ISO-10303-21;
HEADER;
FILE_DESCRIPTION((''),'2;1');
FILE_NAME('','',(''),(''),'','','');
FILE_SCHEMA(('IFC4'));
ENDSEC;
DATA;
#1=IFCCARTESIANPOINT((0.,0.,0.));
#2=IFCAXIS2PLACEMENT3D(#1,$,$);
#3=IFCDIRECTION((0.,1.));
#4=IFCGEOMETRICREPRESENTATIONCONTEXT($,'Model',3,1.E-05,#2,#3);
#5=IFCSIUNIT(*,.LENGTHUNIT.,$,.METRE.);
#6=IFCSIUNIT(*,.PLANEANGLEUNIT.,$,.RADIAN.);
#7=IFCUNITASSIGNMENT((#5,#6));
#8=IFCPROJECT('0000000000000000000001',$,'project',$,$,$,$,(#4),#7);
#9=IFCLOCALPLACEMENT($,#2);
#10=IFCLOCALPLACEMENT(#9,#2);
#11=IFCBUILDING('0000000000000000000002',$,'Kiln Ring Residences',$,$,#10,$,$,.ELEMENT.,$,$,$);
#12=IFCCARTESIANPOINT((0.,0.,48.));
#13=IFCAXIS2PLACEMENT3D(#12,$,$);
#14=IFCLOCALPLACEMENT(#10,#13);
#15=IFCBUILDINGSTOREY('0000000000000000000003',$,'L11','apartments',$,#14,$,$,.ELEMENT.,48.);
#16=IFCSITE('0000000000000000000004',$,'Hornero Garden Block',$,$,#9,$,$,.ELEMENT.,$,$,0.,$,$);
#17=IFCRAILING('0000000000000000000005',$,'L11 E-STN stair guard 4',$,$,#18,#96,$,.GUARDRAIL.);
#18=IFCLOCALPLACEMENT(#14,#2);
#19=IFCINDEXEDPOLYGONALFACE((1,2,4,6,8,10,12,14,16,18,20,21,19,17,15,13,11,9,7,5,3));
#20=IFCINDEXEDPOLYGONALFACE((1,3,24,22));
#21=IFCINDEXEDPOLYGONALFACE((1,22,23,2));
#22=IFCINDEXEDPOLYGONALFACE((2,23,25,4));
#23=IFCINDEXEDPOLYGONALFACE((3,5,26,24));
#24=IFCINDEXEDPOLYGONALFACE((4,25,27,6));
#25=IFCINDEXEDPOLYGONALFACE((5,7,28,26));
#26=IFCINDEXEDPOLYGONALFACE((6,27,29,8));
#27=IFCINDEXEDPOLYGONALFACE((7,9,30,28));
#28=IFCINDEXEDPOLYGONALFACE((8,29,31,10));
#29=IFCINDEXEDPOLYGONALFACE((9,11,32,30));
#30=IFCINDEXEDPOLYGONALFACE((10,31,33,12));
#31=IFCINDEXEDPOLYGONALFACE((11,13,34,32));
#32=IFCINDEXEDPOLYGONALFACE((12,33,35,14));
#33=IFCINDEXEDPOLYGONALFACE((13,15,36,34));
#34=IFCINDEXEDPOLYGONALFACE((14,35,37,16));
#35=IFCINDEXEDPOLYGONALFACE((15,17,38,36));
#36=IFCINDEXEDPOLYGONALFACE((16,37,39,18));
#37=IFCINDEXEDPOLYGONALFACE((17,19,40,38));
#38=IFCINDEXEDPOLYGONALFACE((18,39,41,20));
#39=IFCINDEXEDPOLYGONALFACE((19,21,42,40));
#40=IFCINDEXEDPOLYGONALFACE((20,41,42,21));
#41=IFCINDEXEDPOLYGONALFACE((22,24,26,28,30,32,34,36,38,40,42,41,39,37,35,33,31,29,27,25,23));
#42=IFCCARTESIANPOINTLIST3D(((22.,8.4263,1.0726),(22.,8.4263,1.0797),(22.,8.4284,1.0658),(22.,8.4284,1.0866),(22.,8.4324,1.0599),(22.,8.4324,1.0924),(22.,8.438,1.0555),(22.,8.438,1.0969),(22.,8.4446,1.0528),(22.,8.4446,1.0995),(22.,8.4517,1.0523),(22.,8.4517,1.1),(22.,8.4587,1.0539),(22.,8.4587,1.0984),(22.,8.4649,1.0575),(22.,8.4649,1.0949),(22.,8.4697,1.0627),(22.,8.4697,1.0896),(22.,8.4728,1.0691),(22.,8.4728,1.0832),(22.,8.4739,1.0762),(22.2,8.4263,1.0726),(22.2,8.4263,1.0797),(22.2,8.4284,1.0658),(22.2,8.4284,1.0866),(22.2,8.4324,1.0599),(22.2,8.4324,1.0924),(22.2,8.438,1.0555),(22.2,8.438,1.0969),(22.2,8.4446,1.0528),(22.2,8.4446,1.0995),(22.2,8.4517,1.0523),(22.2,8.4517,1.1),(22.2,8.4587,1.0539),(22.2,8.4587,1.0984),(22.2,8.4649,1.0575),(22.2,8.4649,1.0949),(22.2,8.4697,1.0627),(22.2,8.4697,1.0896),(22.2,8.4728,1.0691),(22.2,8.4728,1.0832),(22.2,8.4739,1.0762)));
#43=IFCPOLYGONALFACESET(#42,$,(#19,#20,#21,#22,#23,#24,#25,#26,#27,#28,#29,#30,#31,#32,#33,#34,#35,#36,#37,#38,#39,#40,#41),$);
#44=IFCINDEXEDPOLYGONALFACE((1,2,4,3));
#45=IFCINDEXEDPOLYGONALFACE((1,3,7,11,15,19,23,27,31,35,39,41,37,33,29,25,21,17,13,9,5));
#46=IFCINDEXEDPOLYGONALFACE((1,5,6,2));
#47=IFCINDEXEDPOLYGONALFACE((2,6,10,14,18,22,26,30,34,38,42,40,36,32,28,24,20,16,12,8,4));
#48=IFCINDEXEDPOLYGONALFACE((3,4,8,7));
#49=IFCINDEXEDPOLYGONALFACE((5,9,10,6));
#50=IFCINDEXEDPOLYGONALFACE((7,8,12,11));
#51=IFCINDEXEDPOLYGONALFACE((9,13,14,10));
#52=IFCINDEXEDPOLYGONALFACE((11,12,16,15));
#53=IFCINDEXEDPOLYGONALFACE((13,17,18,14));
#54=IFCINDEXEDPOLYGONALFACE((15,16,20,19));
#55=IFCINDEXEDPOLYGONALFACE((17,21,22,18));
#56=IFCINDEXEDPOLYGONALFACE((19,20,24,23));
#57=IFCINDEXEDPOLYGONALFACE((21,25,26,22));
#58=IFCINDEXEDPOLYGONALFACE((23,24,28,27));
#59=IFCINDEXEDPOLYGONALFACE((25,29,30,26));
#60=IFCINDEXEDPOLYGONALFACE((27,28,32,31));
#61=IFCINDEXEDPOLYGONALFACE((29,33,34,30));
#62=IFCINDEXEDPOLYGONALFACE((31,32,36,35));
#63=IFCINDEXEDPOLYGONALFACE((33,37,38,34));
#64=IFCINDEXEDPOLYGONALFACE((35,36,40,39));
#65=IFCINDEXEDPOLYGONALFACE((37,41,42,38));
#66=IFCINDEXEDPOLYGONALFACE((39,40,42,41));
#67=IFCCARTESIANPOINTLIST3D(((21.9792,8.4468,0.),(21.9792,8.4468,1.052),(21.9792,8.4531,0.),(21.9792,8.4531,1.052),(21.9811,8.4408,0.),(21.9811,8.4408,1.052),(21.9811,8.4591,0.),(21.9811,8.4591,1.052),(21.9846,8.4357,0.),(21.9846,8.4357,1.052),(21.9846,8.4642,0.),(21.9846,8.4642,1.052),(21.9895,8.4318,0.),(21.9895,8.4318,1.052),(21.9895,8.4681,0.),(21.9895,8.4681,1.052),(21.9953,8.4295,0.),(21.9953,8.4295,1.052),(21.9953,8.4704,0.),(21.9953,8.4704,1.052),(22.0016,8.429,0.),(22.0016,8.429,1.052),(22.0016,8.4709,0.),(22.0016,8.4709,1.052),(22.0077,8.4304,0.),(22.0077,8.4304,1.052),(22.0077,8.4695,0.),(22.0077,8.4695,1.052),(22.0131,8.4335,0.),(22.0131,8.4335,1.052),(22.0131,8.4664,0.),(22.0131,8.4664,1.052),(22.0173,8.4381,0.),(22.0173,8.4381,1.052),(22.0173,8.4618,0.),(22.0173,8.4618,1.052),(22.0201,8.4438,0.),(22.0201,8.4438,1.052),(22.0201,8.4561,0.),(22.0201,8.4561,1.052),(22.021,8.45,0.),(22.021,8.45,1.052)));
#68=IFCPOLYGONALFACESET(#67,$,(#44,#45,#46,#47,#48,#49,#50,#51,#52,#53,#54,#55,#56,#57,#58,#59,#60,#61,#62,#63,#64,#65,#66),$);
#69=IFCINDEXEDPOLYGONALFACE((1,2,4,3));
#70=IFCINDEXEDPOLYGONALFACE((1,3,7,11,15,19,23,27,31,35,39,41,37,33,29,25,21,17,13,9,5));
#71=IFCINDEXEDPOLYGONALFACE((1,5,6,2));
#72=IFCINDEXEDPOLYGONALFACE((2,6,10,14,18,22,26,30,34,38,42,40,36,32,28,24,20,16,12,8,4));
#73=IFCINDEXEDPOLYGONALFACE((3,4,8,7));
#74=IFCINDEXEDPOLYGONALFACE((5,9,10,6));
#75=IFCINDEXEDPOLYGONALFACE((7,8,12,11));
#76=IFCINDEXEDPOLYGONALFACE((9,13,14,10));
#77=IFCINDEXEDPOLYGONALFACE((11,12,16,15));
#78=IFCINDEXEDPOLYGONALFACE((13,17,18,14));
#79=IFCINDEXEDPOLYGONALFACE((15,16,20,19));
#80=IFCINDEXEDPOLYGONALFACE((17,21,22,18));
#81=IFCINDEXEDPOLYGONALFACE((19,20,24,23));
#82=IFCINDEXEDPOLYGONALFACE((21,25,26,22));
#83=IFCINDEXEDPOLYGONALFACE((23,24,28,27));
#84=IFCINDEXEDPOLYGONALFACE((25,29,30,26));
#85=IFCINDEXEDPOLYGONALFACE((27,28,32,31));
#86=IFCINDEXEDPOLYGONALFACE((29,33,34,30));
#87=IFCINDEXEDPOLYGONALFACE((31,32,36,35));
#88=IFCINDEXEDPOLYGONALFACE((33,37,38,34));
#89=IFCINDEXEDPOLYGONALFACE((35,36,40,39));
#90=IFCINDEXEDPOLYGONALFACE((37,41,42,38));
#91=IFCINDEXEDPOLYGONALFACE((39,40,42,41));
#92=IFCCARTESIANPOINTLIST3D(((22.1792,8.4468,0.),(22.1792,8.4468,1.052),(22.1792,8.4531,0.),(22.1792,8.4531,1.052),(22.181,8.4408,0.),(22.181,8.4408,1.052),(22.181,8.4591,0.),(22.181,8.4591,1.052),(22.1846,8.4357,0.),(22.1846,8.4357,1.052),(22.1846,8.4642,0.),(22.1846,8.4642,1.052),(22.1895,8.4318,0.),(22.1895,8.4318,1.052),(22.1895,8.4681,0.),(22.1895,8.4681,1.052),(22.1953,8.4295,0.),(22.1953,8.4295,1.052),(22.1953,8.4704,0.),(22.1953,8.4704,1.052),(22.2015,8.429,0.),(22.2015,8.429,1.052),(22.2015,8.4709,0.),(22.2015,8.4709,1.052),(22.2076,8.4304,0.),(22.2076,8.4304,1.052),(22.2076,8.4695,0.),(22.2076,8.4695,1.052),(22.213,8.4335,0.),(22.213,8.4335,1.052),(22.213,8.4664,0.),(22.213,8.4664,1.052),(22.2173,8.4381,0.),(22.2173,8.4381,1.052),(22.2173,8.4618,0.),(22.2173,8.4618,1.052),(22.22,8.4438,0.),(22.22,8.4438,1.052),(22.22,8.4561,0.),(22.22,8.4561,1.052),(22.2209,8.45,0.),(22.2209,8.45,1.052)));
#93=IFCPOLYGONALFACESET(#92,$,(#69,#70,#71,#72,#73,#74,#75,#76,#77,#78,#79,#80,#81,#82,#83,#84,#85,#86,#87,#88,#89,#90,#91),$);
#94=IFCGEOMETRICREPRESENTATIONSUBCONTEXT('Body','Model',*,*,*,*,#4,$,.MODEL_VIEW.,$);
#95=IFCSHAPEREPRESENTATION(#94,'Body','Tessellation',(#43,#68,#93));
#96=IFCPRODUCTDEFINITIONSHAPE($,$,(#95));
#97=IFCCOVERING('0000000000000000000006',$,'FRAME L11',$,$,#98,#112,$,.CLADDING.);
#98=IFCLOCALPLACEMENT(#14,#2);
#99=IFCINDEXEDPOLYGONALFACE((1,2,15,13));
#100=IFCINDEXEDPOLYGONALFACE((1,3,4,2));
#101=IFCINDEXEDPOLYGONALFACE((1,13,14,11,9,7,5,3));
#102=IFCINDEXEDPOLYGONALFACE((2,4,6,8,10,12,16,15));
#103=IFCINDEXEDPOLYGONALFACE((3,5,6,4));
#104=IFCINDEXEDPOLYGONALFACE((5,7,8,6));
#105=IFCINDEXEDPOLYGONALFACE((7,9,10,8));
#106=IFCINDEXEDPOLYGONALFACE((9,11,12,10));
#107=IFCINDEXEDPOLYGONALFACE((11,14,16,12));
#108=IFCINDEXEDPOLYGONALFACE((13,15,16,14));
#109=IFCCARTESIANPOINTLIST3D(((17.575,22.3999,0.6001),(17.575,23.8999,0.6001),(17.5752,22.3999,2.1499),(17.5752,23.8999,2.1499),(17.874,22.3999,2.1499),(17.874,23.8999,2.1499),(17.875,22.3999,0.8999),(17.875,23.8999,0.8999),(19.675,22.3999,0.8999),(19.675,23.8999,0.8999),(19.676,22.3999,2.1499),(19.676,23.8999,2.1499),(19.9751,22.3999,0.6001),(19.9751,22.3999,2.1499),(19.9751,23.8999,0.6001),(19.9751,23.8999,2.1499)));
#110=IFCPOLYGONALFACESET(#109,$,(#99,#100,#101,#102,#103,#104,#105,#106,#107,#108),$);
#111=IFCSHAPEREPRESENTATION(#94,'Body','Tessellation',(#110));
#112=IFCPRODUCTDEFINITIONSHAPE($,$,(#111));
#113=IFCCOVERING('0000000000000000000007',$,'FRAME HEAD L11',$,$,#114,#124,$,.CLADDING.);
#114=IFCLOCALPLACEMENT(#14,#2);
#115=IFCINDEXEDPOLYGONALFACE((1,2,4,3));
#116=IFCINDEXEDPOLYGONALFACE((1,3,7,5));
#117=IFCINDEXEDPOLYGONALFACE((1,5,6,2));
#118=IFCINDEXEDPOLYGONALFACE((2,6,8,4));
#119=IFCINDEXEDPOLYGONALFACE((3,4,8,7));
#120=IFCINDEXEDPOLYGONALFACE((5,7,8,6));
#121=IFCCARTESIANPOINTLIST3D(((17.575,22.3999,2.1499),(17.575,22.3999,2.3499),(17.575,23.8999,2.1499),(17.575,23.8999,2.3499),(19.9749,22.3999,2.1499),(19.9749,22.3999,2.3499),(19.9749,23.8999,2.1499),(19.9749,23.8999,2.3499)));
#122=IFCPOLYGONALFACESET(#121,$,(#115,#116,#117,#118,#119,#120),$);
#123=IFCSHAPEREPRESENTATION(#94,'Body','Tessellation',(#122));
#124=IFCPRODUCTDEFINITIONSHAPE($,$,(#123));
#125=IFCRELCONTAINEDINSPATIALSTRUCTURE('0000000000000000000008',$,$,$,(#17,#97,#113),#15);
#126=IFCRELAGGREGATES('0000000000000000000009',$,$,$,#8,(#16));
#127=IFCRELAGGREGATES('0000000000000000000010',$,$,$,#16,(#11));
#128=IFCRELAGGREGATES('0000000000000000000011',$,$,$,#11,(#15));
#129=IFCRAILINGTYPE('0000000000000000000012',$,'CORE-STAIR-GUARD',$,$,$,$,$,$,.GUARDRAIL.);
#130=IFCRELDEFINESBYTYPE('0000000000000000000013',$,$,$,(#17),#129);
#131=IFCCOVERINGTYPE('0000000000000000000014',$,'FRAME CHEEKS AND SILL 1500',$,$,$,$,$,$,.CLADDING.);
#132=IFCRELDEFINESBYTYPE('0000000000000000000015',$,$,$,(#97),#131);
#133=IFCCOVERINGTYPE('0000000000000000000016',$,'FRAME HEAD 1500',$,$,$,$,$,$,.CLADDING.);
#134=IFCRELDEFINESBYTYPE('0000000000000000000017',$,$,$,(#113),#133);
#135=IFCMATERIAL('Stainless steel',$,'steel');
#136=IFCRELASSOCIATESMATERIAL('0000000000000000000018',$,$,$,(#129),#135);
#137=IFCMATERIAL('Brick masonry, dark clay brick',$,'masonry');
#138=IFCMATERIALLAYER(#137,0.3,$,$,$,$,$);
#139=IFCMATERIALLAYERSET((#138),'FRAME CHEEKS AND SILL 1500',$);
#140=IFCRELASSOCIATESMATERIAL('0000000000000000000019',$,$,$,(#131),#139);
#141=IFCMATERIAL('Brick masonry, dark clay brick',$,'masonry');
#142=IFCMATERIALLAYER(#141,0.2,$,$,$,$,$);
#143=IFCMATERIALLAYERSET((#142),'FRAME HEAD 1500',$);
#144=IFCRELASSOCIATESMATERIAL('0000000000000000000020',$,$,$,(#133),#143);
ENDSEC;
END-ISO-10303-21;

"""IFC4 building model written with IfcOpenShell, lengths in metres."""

from ifc_helpers import new_model, si_unit, direction, frame, origin, origin_2d, place, context, subcontext, project, spatial, polyline, rectangle, circle, outline, extrude, material, layer, layer_set, type_object, element, save


model = new_model("IFC4")

# Units and contexts
model_context = context("Model", 3, precision=1e-05, world=origin(), true_north=direction((0.0, 1.0)))
body_context = subcontext(model_context, "Body", "Model", "MODEL_VIEW")
ifc_project = project(units=[si_unit("LENGTHUNIT", "METRE"), si_unit("PLANEANGLEUNIT", "RADIAN")], contexts=[model_context])

# Site, building, storey
site_placement = place(None, origin())
site = spatial("IfcSite", under=ifc_project, at=site_placement, Name="Hornero Garden Block", CompositionType="ELEMENT", RefElevation=0.0)
building_placement = place(site_placement, origin())
building = spatial("IfcBuilding", under=site, at=building_placement, Name="Kiln Ring Residences", CompositionType="ELEMENT")
storey_placement = place(building_placement, frame((0.0, 0.0, 48.0)))
storey = spatial("IfcBuildingStorey", under=building, at=storey_placement, Name="L11", Description="apartments", CompositionType="ELEMENT", Elevation=48.0)

# Railing
ifc_material_1 = material(Name="Stainless steel", Category="steel")
railing_type = type_object("IfcRailingType", Name="CORE-STAIR-GUARD", PredefinedType="GUARDRAIL", material=ifc_material_1)
railing_1_placement = place(storey_placement, frame((22.0, 8.45, 0.0)))
element("IfcRailing", 1, at=railing_1_placement, inside=storey, type_object=railing_type, Name="L11 E-STN stair guard 4", PredefinedType="GUARDRAIL", context=body_context, shape_type="SweptSolid", body=[
    extrude(circle(Radius=0.0239, at=origin_2d()), frame((0.0, 0.0, 1.0762), z_axis=(1.0, 0.0, 0.0), x_axis=(0.0, 1.0, 0.0)), (0.0, 0.0, 1.0), 0.2),
    extrude(circle(Radius=0.021, at=origin_2d()), origin(), (0.0, 0.0, 1.0), 1.052),
    extrude(circle(Radius=0.021, at=origin_2d()), frame((0.2, 0.0, 0.0)), (0.0, 0.0, 1.0), 1.052),
])

# Coverings
ifc_material_2 = material(Name="Brick masonry, dark clay brick", Category="masonry")
ifc_layer_1 = layer(ifc_material_2, 0.3)
ifc_layer_set_1 = layer_set([ifc_layer_1], Name="FRAME CHEEKS AND SILL 1500")
covering_type_1 = type_object("IfcCoveringType", Name="FRAME CHEEKS AND SILL 1500", PredefinedType="CLADDING", material=ifc_layer_set_1)
covering_1_placement = place(storey_placement, frame((19.9751, 23.1499, 0.6001), z_axis=(0.0, 0.0, 1.0), x_axis=(-1.0, 0.0, 0.0)))
element("IfcCovering", 2, at=covering_1_placement, inside=storey, type_object=covering_type_1, Name="FRAME L11", PredefinedType="CLADDING", context=body_context, shape_type="SweptSolid", body=[
    extrude(outline(polyline([(0.0, 0.0), (2.4001, 0.0), (2.3999, 1.5498), (2.1011, 1.5498), (2.1001, 0.2998), (0.3, 0.2998), (0.2991, 1.5498), (0.0, 1.5498), (0.0, 0.0)])), frame((0.0, 0.75, 0.0), z_axis=(0.0, -1.0, 0.0), x_axis=(1.0, 0.0, 0.0)), (0.0, 0.0, 1.0), 1.5),
])
ifc_material_3 = material(Name="Brick masonry, dark clay brick", Category="masonry")
ifc_layer_2 = layer(ifc_material_3, 0.2)
ifc_layer_set_2 = layer_set([ifc_layer_2], Name="FRAME HEAD 1500")
covering_type_2 = type_object("IfcCoveringType", Name="FRAME HEAD 1500", PredefinedType="CLADDING", material=ifc_layer_set_2)
covering_2_placement = place(storey_placement, frame((18.7749, 23.1499, 2.1499), z_axis=(0.0, 0.0, 1.0), x_axis=(-1.0, 0.0, 0.0)))
element("IfcCovering", 3, at=covering_2_placement, inside=storey, type_object=covering_type_2, Name="FRAME HEAD L11", PredefinedType="CLADDING", context=body_context, shape_type="SweptSolid", body=[
    extrude(rectangle(XDim=2.3999, YDim=1.5, at=origin_2d()), origin(), (0.0, 0.0, 1.0), 0.2),
])

save(model, "model.ifc")
